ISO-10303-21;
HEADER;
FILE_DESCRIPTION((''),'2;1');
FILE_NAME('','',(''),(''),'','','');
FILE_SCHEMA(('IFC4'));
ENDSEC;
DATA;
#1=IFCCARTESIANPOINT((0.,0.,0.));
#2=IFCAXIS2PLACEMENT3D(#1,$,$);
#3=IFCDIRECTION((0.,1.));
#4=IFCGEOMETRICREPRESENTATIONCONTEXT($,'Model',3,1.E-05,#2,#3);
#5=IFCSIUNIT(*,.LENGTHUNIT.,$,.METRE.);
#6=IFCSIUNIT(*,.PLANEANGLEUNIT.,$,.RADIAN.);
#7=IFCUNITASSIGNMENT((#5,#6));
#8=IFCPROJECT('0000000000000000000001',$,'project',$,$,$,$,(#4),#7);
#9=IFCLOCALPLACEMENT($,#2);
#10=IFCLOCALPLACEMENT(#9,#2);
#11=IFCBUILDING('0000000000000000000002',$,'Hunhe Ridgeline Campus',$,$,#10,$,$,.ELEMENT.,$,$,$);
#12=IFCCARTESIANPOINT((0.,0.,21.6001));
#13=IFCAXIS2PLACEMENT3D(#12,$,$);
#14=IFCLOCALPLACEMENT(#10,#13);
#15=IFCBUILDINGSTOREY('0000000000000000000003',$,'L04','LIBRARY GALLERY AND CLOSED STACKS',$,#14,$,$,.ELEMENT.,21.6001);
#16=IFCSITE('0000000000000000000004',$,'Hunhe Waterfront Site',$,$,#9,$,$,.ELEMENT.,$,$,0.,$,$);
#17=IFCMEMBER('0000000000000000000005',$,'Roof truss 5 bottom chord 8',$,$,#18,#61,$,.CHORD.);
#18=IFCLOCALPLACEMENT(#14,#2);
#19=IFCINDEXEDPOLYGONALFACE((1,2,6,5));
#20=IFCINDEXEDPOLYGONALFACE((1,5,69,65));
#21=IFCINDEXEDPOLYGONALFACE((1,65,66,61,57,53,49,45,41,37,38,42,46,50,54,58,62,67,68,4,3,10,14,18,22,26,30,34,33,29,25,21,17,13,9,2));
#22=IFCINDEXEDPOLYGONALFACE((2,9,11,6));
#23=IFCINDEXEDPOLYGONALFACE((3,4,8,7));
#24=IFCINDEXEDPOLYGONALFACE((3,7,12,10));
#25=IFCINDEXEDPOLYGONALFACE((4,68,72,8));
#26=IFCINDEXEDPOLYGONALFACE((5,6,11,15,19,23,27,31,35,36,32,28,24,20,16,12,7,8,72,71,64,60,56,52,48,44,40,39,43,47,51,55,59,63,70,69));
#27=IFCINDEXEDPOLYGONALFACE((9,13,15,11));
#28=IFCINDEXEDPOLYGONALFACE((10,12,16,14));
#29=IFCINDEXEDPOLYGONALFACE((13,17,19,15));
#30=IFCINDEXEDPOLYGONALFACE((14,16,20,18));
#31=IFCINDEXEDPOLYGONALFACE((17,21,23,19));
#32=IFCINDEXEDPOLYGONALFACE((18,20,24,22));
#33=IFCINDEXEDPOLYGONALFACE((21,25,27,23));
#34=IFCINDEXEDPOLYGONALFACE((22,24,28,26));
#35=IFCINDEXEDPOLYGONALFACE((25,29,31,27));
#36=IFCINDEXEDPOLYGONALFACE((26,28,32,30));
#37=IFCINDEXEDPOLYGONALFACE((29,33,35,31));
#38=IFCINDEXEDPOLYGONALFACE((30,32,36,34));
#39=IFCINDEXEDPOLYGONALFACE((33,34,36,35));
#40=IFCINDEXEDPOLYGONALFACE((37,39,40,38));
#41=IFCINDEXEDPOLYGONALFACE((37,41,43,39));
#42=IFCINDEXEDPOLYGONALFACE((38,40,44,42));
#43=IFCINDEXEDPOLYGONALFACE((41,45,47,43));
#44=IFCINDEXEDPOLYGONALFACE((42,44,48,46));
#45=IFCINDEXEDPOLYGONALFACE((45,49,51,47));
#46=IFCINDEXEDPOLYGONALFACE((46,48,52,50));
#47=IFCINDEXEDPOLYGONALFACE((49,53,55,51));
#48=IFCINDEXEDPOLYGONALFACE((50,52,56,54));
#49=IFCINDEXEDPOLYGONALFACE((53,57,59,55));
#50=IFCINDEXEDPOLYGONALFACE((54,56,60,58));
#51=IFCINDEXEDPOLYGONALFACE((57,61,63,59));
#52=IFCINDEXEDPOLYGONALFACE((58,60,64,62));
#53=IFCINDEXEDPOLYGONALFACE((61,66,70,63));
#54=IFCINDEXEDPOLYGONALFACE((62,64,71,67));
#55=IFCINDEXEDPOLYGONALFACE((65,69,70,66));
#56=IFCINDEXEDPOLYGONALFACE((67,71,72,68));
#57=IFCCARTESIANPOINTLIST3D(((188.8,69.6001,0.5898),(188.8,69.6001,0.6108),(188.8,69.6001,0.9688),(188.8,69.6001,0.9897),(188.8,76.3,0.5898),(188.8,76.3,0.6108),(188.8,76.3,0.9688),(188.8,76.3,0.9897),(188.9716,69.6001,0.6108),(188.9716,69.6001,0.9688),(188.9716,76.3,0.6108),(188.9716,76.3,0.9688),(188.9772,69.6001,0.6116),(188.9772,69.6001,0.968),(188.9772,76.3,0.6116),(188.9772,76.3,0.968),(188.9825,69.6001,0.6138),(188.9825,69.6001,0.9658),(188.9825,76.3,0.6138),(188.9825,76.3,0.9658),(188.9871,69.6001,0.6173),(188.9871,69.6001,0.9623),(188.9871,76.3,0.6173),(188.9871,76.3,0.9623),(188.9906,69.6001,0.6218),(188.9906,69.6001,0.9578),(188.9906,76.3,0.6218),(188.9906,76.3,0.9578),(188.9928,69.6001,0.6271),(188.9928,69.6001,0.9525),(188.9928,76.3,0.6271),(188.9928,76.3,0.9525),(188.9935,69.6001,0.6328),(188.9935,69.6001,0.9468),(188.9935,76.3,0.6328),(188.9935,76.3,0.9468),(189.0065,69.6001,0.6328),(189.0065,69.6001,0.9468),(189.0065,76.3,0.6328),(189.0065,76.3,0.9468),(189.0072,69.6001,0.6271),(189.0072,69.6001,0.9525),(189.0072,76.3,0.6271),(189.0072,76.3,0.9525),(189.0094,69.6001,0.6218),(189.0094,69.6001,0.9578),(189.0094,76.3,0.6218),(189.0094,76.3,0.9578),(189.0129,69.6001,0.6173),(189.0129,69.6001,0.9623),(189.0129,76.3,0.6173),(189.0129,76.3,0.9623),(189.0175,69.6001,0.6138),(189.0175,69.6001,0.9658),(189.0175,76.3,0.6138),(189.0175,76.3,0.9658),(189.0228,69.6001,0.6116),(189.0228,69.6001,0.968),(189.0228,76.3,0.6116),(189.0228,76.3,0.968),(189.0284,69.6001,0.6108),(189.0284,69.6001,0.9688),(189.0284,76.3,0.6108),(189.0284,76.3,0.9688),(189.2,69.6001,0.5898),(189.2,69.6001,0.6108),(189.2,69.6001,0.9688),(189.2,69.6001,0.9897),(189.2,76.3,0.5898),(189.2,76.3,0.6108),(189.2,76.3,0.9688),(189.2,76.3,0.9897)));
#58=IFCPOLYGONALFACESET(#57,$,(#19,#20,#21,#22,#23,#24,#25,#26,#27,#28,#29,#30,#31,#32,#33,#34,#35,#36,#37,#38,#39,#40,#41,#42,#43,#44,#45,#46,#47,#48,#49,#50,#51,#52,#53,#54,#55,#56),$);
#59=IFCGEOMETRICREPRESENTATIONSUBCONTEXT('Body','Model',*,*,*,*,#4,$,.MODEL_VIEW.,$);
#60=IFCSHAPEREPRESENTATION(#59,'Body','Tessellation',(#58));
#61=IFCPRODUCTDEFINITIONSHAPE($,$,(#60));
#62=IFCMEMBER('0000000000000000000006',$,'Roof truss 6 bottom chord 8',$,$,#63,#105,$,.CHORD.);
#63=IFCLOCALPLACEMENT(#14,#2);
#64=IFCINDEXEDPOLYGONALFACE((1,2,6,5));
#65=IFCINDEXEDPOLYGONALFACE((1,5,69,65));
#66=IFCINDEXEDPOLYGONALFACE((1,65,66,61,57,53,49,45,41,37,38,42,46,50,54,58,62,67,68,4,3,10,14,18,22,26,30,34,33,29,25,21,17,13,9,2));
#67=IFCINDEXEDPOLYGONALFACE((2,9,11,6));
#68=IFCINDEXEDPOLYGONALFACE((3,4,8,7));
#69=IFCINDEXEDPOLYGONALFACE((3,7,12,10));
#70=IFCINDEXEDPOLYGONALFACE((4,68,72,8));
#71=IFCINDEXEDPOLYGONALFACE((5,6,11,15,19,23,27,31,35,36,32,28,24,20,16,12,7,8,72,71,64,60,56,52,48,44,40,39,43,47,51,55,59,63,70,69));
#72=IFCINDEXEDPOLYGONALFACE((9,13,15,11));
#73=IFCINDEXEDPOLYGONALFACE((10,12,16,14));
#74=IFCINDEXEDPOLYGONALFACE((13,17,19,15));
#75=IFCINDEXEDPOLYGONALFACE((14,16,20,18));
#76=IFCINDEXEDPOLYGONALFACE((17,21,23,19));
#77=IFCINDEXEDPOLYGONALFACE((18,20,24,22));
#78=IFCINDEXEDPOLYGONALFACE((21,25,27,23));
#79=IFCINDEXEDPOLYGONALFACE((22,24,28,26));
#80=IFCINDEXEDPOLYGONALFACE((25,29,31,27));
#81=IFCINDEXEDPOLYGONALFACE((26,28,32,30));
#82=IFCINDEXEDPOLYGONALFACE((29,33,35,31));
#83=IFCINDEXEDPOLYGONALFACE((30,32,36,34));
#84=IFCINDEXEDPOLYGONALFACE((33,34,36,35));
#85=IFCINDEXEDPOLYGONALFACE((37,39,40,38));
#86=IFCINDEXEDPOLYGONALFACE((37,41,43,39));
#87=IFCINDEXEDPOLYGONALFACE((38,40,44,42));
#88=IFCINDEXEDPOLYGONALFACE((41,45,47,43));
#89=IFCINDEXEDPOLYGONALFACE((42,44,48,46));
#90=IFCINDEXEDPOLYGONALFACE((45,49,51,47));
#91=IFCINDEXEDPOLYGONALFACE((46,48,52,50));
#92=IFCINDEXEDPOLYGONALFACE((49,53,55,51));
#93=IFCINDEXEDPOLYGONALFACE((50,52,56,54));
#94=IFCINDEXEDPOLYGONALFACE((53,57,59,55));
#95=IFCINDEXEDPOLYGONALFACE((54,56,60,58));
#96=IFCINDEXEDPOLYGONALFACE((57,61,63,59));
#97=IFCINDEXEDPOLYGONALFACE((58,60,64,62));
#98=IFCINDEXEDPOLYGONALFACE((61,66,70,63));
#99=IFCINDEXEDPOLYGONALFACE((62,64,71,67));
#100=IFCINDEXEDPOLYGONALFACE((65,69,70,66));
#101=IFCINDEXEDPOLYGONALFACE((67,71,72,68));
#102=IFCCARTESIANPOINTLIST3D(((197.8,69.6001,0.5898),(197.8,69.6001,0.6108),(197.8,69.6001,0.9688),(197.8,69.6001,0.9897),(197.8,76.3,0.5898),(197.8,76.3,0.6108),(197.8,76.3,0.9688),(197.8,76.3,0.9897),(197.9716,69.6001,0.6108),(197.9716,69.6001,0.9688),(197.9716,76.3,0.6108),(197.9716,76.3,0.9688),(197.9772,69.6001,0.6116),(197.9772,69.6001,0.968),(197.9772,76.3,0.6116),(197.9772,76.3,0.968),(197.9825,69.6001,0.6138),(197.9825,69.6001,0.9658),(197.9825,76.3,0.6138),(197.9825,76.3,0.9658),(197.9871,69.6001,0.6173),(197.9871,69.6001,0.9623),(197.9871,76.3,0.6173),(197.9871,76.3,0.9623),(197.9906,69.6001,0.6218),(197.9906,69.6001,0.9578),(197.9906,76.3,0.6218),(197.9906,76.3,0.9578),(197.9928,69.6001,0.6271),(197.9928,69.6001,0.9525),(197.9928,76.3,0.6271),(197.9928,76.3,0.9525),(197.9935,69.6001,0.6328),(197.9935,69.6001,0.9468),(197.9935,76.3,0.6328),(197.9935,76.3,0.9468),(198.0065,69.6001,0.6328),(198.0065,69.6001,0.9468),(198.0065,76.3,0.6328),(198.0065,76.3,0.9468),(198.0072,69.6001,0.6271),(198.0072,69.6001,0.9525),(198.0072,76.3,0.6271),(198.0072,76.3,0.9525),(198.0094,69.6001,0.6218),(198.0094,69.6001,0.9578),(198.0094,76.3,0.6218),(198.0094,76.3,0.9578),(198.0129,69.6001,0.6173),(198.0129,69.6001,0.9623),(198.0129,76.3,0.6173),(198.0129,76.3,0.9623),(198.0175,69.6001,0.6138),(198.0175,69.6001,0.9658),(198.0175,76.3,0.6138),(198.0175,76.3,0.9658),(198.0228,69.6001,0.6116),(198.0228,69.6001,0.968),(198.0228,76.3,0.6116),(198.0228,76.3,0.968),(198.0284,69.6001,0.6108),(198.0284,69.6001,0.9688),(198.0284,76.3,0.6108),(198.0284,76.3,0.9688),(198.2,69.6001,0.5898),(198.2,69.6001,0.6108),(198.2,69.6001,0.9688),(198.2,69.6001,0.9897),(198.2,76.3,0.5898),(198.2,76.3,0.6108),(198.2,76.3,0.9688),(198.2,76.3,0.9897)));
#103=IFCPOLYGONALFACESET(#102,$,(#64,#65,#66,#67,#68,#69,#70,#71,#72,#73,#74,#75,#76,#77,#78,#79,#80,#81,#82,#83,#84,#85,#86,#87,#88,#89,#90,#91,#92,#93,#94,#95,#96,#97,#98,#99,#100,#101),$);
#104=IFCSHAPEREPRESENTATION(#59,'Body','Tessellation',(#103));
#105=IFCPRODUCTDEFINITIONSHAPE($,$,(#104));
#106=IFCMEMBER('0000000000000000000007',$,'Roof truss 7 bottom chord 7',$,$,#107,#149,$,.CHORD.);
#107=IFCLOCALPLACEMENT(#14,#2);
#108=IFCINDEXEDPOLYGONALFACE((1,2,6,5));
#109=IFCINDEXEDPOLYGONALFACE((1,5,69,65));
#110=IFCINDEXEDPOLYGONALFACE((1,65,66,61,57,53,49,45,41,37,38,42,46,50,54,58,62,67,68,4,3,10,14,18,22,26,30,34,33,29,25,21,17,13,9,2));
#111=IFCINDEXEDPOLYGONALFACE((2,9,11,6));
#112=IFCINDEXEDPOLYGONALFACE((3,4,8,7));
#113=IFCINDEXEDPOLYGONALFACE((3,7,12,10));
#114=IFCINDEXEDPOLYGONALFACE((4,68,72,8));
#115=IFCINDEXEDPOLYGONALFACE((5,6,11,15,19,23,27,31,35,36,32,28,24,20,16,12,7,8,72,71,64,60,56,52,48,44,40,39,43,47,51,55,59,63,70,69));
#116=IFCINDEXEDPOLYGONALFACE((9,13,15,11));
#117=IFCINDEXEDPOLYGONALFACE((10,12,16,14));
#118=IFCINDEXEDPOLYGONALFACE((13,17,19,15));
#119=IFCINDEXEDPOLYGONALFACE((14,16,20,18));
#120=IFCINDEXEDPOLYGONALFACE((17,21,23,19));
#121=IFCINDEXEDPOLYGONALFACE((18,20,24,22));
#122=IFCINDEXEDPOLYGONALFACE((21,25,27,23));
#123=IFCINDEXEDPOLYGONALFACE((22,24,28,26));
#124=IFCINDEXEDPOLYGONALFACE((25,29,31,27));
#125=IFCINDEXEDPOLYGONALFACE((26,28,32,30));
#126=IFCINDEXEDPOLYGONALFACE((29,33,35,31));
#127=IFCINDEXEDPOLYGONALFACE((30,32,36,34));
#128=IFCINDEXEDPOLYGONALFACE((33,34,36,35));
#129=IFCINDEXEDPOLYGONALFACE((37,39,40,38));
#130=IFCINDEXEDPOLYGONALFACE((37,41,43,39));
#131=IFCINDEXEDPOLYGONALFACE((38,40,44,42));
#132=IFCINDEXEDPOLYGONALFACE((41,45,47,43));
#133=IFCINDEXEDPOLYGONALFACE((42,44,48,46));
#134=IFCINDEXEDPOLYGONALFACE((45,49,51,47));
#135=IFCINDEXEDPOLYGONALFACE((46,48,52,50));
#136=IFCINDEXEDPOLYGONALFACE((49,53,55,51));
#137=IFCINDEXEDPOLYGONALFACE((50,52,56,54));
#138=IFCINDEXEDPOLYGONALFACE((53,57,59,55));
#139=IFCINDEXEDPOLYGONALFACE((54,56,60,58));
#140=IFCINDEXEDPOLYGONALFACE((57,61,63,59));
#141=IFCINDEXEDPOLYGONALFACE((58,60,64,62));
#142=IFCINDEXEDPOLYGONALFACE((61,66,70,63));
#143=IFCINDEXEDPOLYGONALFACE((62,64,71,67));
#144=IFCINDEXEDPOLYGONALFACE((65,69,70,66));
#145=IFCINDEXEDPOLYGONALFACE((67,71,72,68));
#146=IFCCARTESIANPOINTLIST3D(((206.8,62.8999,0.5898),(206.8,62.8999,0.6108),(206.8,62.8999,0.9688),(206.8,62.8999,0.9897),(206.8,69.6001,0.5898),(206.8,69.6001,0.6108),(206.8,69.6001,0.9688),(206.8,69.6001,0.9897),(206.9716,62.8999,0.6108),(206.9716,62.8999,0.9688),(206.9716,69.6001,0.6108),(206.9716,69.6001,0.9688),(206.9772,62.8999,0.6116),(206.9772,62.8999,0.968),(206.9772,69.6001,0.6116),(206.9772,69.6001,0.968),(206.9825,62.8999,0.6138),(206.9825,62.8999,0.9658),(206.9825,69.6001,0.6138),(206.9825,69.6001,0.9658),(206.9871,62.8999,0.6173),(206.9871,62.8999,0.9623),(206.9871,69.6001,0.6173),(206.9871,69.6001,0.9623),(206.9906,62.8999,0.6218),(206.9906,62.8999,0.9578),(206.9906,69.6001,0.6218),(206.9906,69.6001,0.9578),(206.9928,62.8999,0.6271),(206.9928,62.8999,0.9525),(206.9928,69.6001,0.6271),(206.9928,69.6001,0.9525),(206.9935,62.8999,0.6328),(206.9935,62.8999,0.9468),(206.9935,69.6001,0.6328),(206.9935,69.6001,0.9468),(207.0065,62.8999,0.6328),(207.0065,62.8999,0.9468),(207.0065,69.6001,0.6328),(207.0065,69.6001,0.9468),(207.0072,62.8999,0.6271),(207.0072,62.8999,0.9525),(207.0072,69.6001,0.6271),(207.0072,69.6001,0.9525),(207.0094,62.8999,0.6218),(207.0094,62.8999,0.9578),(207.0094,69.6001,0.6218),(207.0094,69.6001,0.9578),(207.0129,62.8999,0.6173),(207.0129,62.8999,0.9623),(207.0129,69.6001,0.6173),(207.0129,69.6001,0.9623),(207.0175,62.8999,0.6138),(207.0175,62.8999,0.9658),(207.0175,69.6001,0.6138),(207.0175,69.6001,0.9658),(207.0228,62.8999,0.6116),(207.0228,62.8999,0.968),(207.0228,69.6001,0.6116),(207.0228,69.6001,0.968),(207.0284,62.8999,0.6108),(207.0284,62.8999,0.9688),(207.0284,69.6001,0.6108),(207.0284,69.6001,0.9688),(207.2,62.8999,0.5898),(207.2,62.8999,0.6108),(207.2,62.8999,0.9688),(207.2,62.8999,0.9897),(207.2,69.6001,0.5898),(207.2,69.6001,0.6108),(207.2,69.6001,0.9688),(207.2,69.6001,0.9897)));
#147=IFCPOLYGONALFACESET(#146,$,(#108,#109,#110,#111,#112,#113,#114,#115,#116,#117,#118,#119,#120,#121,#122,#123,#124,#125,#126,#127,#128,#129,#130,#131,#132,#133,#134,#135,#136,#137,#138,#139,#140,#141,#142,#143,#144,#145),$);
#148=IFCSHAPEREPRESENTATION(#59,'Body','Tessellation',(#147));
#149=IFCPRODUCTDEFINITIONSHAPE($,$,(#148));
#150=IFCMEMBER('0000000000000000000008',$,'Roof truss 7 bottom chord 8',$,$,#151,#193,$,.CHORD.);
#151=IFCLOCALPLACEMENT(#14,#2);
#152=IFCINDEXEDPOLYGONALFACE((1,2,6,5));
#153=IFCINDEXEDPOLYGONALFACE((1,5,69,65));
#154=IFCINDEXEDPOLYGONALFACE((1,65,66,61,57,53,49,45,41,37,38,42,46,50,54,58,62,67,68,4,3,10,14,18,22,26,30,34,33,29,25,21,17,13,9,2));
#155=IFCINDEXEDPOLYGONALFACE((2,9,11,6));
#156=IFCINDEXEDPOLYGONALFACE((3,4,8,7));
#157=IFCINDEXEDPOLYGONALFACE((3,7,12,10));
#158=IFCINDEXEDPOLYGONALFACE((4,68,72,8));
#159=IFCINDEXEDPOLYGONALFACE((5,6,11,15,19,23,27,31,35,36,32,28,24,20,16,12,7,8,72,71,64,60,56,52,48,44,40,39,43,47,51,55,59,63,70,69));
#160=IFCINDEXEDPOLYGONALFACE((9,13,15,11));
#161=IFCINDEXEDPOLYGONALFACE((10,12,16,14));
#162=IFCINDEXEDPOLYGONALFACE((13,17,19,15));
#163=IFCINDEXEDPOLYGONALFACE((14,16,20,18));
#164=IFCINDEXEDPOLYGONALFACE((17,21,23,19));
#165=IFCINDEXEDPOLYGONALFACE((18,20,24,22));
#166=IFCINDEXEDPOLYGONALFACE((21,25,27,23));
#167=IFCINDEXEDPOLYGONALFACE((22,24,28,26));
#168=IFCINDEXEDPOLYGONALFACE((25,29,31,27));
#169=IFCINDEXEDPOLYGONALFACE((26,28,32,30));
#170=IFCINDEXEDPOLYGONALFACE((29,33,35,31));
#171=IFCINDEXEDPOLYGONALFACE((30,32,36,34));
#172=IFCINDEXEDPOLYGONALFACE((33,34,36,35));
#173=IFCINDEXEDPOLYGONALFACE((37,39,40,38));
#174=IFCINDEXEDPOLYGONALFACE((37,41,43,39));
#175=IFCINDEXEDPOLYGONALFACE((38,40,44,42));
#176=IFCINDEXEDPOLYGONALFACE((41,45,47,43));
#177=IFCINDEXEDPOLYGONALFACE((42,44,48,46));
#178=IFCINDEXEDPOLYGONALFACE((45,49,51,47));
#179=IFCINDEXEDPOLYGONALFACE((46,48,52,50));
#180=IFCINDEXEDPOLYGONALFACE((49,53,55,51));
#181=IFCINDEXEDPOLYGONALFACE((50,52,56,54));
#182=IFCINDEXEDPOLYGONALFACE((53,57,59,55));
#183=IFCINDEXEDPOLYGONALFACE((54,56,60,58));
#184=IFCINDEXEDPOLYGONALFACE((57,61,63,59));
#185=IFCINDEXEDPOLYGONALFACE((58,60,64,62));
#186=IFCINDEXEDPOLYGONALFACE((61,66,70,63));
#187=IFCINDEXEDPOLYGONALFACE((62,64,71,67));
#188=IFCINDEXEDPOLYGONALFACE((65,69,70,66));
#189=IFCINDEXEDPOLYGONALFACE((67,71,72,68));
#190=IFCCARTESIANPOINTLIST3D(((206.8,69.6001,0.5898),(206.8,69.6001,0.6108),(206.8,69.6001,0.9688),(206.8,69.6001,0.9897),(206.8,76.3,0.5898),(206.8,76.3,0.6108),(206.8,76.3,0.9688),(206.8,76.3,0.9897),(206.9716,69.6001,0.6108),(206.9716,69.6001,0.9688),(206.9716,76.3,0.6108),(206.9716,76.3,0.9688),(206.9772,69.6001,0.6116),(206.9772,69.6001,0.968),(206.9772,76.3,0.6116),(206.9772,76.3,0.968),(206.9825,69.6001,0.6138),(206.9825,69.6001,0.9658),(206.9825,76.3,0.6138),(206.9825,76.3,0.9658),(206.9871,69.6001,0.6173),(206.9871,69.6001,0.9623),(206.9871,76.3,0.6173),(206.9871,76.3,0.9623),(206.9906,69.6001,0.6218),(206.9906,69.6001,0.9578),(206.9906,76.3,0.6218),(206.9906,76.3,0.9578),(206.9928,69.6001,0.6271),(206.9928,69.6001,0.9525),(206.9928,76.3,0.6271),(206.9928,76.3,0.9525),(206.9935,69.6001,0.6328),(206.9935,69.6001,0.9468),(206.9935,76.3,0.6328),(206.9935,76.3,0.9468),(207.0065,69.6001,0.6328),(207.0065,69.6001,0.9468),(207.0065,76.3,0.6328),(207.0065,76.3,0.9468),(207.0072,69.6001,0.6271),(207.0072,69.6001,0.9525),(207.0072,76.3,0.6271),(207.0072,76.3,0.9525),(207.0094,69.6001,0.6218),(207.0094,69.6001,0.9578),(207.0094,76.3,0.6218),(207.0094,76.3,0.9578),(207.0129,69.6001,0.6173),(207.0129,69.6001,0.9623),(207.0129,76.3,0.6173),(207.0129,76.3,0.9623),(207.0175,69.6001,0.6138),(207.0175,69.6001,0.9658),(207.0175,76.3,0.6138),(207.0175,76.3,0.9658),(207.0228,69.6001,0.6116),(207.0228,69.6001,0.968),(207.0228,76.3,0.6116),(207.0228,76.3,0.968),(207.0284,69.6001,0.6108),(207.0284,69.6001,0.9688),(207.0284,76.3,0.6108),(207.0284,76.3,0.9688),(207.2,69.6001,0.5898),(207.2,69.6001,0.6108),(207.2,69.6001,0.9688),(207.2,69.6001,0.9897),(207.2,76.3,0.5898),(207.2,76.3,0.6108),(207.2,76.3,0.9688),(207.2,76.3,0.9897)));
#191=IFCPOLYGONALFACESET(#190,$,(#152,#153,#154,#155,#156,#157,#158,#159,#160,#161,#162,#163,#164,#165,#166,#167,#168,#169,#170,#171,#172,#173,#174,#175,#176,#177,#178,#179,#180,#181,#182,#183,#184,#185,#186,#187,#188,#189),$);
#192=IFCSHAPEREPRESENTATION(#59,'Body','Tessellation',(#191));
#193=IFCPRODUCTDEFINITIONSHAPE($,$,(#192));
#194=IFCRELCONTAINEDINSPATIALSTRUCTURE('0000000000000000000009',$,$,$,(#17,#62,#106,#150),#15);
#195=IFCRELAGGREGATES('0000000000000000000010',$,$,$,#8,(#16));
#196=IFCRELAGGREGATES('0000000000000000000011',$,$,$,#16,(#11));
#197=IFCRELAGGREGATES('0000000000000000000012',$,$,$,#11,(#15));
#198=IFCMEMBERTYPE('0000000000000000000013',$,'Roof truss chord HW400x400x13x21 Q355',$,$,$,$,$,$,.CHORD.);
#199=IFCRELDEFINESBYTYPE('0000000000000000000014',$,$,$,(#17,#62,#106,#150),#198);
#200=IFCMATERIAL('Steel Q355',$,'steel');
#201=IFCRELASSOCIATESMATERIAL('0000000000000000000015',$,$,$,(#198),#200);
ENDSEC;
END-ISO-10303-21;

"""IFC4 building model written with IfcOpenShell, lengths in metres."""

from ifc_helpers import new_model, si_unit, direction, frame, origin, origin_2d, place, context, subcontext, project, spatial, i_section, extrude, material, material_profile, profile_set, type_object, element, save


model = new_model("IFC4")

# Units and contexts
model_context = context("Model", 3, precision=1e-05, world=origin(), true_north=direction((0.0, 1.0)))
body_context = subcontext(model_context, "Body", "Model", "MODEL_VIEW")
ifc_project = project(units=[si_unit("LENGTHUNIT", "METRE"), si_unit("PLANEANGLEUNIT", "RADIAN")], contexts=[model_context])

# Site, building, storey
site_placement = place(None, origin())
site = spatial("IfcSite", under=ifc_project, at=site_placement, Name="Hunhe Waterfront Site", CompositionType="ELEMENT", RefElevation=0.0)
building_placement = place(site_placement, origin())
building = spatial("IfcBuilding", under=site, at=building_placement, Name="Hunhe Ridgeline Campus", CompositionType="ELEMENT")
storey_placement = place(building_placement, frame((0.0, 0.0, 21.6001)))
storey = spatial("IfcBuildingStorey", under=building, at=storey_placement, Name="L04", Description="LIBRARY GALLERY AND CLOSED STACKS", CompositionType="ELEMENT", Elevation=21.6001)

# Members
ifc_material_1 = material(Name="Steel Q355", Category="steel")
ifc_material_profile_1 = material_profile(ifc_material_1, i_section(OverallWidth=0.3999, OverallDepth=0.3999, WebThickness=0.0129, FlangeThickness=0.021, FilletRadius=0.022, at=origin_2d()))
ifc_profile_set_1 = profile_set([ifc_material_profile_1], Name="Steel Q355")
member_type_1 = type_object("IfcMemberType", Name="Roof truss chord HW400x400x13x21 Q355", PredefinedType="CHORD", material=ifc_profile_set_1)
for number, where, z_axis, x_axis, name in (
    (1, (189.0, 69.6001, 0.7898), (0.0, 1.0, 0.0), (-1.0, 0.0, 0.0), "Roof truss 5 bottom chord 8"),
    (2, (198.0, 69.6001, 0.7898), (0.0, 1.0, 0.0), (-1.0, 0.0, 0.0), "Roof truss 6 bottom chord 8"),
):
    element("IfcMember", number, at=place(storey_placement, frame(where, z_axis=z_axis, x_axis=x_axis)), inside=storey, type_object=member_type_1, Name=name, PredefinedType="CHORD", context=body_context, shape_type="SweptSolid", body=[
        extrude(i_section(OverallWidth=0.3999, OverallDepth=0.3999, WebThickness=0.0129, FlangeThickness=0.021, FilletRadius=0.022, at=origin_2d()), origin(), (0.0, 0.0, 1.0), 6.7),
    ])
member_1_placement = place(storey_placement, frame((207.0, 62.8999, 0.7898), z_axis=(0.0, 1.0, 0.0), x_axis=(-1.0, 0.0, 0.0)))
element("IfcMember", 3, at=member_1_placement, inside=storey, type_object=member_type_1, Name="Roof truss 7 bottom chord 7", PredefinedType="CHORD", context=body_context, shape_type="SweptSolid", body=[
    extrude(i_section(OverallWidth=0.3999, OverallDepth=0.3999, WebThickness=0.0129, FlangeThickness=0.021, FilletRadius=0.022, at=origin_2d()), origin(), (0.0, 0.0, 1.0), 6.7002),
])
member_2_placement = place(storey_placement, frame((207.0, 69.6001, 0.7898), z_axis=(0.0, 1.0, 0.0), x_axis=(-1.0, 0.0, 0.0)))
element("IfcMember", 4, at=member_2_placement, inside=storey, type_object=member_type_1, Name="Roof truss 7 bottom chord 8", PredefinedType="CHORD", context=body_context, shape_type="SweptSolid", body=[
    extrude(i_section(OverallWidth=0.3999, OverallDepth=0.3999, WebThickness=0.0129, FlangeThickness=0.021, FilletRadius=0.022, at=origin_2d()), origin(), (0.0, 0.0, 1.0), 6.7),
])

save(model, "model.ifc")
